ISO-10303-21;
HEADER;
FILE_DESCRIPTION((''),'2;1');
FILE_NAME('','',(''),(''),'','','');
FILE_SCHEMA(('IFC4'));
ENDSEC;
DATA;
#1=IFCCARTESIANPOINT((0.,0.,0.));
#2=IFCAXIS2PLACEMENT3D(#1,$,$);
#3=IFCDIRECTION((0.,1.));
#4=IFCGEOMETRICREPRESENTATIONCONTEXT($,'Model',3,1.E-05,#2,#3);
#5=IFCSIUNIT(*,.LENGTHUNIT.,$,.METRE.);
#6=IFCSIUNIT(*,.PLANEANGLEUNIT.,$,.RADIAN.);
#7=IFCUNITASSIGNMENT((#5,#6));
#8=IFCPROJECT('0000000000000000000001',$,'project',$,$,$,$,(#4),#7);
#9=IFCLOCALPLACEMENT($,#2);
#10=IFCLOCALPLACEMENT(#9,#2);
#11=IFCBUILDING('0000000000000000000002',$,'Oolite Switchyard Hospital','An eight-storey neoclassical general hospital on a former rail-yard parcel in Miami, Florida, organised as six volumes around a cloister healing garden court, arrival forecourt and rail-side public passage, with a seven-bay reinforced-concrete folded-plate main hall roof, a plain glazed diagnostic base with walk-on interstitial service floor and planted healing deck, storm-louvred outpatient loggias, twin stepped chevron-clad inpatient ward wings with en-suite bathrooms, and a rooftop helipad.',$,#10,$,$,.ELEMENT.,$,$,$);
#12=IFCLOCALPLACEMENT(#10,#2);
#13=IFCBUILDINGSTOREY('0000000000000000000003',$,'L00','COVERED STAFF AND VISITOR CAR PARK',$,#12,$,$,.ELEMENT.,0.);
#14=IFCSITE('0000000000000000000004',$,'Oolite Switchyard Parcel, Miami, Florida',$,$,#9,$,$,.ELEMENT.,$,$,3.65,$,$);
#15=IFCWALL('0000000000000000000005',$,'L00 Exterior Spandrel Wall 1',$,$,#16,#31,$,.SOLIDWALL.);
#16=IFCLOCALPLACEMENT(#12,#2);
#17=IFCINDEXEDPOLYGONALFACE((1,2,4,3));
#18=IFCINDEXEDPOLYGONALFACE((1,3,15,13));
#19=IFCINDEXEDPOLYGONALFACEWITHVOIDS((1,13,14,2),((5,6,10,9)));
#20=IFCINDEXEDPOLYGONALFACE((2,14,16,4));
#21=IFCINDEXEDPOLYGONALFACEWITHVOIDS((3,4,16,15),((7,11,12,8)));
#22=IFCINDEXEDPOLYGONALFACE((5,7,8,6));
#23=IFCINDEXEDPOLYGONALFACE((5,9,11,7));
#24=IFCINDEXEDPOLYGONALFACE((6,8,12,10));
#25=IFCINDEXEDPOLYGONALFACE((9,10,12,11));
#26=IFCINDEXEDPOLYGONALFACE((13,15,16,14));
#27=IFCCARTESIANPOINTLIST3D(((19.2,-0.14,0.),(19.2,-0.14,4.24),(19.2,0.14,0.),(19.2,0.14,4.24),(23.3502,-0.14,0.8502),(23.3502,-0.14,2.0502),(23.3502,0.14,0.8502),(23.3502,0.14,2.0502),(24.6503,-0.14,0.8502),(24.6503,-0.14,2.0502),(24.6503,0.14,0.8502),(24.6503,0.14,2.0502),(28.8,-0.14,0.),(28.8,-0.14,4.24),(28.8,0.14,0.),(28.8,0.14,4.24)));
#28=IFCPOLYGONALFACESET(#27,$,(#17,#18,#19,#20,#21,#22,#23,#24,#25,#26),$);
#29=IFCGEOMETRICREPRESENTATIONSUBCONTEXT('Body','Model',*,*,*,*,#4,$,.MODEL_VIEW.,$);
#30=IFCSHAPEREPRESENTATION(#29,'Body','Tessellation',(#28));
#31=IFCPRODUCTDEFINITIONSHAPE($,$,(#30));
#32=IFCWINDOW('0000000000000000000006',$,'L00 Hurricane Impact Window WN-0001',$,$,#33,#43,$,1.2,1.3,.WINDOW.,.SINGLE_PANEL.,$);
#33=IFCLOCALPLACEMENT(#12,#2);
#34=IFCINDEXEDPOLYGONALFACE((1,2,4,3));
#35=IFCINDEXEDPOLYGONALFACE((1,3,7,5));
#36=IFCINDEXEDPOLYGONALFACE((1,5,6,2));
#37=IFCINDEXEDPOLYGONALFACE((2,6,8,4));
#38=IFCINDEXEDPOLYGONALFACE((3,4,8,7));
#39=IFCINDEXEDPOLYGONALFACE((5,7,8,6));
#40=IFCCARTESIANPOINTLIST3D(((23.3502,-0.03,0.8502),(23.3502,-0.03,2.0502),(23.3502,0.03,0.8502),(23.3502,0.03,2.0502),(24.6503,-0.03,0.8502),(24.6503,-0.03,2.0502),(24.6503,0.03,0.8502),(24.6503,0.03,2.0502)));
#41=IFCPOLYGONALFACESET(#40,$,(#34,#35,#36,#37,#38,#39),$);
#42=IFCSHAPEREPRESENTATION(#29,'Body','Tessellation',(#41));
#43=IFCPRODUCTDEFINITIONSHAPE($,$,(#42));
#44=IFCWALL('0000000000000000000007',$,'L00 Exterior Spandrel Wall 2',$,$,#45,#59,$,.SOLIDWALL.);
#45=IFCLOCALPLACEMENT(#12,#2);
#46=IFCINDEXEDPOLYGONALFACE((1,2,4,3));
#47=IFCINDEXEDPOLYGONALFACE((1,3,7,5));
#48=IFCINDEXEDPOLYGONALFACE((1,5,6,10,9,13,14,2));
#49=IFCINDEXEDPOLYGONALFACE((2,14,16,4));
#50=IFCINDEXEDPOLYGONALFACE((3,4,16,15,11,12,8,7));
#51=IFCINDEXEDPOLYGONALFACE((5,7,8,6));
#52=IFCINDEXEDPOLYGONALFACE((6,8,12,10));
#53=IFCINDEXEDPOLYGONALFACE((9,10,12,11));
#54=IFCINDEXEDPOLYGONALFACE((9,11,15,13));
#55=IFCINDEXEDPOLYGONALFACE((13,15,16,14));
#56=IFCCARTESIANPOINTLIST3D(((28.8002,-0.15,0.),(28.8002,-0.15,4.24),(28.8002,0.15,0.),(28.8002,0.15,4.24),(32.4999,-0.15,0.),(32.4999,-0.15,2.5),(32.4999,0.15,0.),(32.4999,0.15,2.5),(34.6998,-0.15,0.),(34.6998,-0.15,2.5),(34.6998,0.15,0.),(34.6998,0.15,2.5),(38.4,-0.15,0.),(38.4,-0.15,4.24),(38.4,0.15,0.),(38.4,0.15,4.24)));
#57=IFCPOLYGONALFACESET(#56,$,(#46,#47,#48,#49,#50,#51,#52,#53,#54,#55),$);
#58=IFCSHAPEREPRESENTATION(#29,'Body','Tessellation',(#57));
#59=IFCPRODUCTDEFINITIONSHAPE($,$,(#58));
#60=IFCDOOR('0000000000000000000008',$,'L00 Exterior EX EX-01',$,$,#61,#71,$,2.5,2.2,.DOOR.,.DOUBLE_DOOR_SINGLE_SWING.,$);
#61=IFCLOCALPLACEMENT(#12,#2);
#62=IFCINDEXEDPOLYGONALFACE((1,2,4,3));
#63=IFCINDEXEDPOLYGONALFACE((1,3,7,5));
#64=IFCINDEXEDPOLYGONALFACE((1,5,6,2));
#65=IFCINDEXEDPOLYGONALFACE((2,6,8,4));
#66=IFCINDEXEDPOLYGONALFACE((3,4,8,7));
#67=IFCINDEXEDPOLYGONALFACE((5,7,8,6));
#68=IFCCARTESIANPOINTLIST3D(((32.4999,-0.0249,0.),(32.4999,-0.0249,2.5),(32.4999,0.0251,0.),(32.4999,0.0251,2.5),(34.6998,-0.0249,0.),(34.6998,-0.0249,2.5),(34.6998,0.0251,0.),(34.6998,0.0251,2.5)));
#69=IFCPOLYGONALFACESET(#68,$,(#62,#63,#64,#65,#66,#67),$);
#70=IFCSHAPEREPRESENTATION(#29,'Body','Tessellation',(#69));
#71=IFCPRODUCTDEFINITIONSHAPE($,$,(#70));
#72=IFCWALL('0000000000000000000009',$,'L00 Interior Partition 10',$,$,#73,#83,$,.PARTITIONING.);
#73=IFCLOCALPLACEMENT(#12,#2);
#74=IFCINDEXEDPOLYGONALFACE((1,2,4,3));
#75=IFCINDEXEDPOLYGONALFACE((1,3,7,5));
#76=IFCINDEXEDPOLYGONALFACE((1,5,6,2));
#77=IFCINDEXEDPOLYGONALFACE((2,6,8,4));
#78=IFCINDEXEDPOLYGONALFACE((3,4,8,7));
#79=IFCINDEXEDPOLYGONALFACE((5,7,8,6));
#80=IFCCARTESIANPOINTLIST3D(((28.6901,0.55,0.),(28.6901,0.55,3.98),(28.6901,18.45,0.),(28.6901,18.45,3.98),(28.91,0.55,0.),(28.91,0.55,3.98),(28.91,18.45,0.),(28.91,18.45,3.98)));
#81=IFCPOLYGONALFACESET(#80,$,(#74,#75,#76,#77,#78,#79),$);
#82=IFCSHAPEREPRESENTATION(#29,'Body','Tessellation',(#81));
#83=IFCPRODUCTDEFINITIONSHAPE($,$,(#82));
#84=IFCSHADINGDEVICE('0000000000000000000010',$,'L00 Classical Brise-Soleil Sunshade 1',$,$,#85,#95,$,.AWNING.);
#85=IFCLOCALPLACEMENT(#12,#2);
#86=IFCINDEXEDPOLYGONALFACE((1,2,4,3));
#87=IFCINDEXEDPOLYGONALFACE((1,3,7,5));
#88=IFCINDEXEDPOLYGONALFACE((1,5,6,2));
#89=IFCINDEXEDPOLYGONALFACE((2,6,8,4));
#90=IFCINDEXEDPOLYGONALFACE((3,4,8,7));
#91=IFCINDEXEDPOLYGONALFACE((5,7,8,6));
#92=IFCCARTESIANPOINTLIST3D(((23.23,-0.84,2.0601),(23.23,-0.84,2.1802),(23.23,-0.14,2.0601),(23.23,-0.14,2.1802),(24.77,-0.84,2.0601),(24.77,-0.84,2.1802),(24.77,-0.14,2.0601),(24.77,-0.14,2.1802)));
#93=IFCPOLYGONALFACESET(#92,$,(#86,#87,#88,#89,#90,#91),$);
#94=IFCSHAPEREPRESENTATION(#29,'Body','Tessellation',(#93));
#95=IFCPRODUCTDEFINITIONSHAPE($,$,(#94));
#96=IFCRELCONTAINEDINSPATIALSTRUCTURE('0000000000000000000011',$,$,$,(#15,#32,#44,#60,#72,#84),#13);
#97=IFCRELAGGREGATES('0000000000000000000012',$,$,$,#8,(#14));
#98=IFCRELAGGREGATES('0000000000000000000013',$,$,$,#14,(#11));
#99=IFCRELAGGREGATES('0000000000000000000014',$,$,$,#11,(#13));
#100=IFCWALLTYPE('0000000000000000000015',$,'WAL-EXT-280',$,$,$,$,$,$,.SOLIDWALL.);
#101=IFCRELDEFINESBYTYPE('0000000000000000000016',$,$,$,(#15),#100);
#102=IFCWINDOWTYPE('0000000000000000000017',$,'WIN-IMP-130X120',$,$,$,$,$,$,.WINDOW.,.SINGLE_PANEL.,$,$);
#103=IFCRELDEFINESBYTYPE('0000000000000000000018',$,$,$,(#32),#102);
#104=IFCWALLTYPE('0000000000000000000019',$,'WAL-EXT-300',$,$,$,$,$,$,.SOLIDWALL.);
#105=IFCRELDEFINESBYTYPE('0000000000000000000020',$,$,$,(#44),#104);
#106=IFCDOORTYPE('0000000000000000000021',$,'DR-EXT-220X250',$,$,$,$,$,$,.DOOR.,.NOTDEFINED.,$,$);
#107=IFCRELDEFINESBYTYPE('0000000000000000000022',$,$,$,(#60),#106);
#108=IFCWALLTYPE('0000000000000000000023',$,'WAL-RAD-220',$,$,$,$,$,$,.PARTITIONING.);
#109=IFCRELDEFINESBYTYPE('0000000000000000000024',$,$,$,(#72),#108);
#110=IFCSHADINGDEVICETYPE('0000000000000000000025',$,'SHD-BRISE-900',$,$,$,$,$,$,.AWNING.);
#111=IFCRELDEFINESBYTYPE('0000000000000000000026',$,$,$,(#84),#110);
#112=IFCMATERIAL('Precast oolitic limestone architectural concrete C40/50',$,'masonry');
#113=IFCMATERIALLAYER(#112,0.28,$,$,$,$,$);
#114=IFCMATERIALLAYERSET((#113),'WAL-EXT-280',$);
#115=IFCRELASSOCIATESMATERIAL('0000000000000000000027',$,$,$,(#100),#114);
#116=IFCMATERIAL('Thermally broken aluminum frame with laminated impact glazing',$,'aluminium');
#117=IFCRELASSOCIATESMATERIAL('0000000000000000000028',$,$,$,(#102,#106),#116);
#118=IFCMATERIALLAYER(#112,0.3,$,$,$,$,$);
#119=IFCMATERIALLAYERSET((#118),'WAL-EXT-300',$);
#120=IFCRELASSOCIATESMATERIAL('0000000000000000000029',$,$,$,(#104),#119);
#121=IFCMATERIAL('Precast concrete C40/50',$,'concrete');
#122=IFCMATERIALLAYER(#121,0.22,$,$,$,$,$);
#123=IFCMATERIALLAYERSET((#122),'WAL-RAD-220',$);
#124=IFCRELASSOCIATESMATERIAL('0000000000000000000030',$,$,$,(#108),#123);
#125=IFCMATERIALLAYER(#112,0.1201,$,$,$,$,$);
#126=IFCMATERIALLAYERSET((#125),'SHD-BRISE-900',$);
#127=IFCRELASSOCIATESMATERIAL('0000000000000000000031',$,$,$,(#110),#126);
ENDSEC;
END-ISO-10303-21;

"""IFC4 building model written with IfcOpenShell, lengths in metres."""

from ifc_helpers import new_model, si_unit, direction, frame, frame_2d, origin, origin_2d, place, context, subcontext, project, spatial, rectangle, extrude, material, layer, layer_set, type_object, element, fill, save


model = new_model("IFC4")

# Units and contexts
model_context = context("Model", 3, precision=1e-05, world=origin(), true_north=direction((0.0, 1.0)))
body_context = subcontext(model_context, "Body", "Model", "MODEL_VIEW")
ifc_project = project(units=[si_unit("LENGTHUNIT", "METRE"), si_unit("PLANEANGLEUNIT", "RADIAN")], contexts=[model_context])

# Site, building, storey
site_placement = place(None, origin())
site = spatial("IfcSite", under=ifc_project, at=site_placement, Name="Oolite Switchyard Parcel, Miami, Florida", CompositionType="ELEMENT", RefElevation=3.65)
building_placement = place(site_placement, origin())
building = spatial("IfcBuilding", under=site, at=building_placement, Name="Oolite Switchyard Hospital", Description="An eight-storey neoclassical general hospital on a former rail-yard parcel in Miami, Florida, organised as six volumes around a cloister healing garden court, arrival forecourt and rail-side public passage, with a seven-bay reinforced-concrete folded-plate main hall roof, a plain glazed diagnostic base with walk-on interstitial service floor and planted healing deck, storm-louvred outpatient loggias, twin stepped chevron-clad inpatient ward wings with en-suite bathrooms, and a rooftop helipad.", CompositionType="ELEMENT")
storey_placement = place(building_placement, origin())
storey = spatial("IfcBuildingStorey", under=building, at=storey_placement, Name="L00", Description="COVERED STAFF AND VISITOR CAR PARK", CompositionType="ELEMENT", Elevation=0.0)

# Wall, opening, window
ifc_material_1 = material(Name="Precast oolitic limestone architectural concrete C40/50", Category="masonry")
ifc_layer_1 = layer(ifc_material_1, 0.28)
ifc_layer_set_1 = layer_set([ifc_layer_1], Name="WAL-EXT-280")
wall_type_1 = type_object("IfcWallType", Name="WAL-EXT-280", PredefinedType="SOLIDWALL", material=ifc_layer_set_1)
wall_1_placement = place(storey_placement, frame((28.8, 0.0, 0.0), z_axis=(0.0, 0.0, 1.0), x_axis=(-1.0, 0.0, 0.0)))
wall_1 = element("IfcWall", 1, at=wall_1_placement, inside=storey, type_object=wall_type_1, Name="L00 Exterior Spandrel Wall 1", PredefinedType="SOLIDWALL", context=body_context, shape_type="SweptSolid", body=[
    extrude(rectangle(XDim=9.6001, YDim=0.28, at=frame_2d((4.8, 0.0))), origin(), (0.0, 0.0, 1.0), 4.24),
])
opening_1_placement = place(wall_1_placement, frame((4.1499, 0.0, 0.8501)))
opening_1 = element("IfcOpeningElement", 2, at=opening_1_placement, cuts=wall_1, PredefinedType="OPENING", context=body_context, shape_type="SweptSolid", body=[
    extrude(rectangle(XDim=1.3, YDim=1.2, at=frame_2d((0.6499, 0.6001))), frame((0.0, 0.1499, 0.0), z_axis=(0.0, -1.0, 0.0), x_axis=(1.0, 0.0, 0.0)), (0.0, 0.0, 1.0), 0.3),
])
ifc_material_2 = material(Name="Thermally broken aluminum frame with laminated impact glazing", Category="aluminium")
window_type = type_object("IfcWindowType", Name="WIN-IMP-130X120", PartitioningType="SINGLE_PANEL", PredefinedType="WINDOW", material=ifc_material_2)
window_placement = place(opening_1_placement, origin())
window = element("IfcWindow", 3, at=window_placement, inside=storey, type_object=window_type, Name="L00 Hurricane Impact Window WN-0001", OverallHeight=1.2, OverallWidth=1.3, PartitioningType="SINGLE_PANEL", PredefinedType="WINDOW", context=body_context, shape_type="SweptSolid", body=[
    extrude(rectangle(XDim=1.3, YDim=1.2, at=frame_2d((0.6499, 0.6001))), frame((0.0, 0.03, 0.0), z_axis=(0.0, -1.0, 0.0), x_axis=(1.0, 0.0, 0.0)), (0.0, 0.0, 1.0), 0.0601),
])
fill(opening_1, window)

# Wall, opening, door
ifc_layer_2 = layer(ifc_material_1, 0.3)
ifc_layer_set_2 = layer_set([ifc_layer_2], Name="WAL-EXT-300")
wall_type_2 = type_object("IfcWallType", Name="WAL-EXT-300", PredefinedType="SOLIDWALL", material=ifc_layer_set_2)
wall_2_placement = place(storey_placement, frame((38.3999, 0.0, 0.0), z_axis=(0.0, 0.0, 1.0), x_axis=(-1.0, 0.0, 0.0)))
wall_2 = element("IfcWall", 4, at=wall_2_placement, inside=storey, type_object=wall_type_2, Name="L00 Exterior Spandrel Wall 2", PredefinedType="SOLIDWALL", context=body_context, shape_type="SweptSolid", body=[
    extrude(rectangle(XDim=9.5999, YDim=0.3, at=frame_2d((4.7998, 0.0))), origin(), (0.0, 0.0, 1.0), 4.24),
])
opening_2_placement = place(wall_2_placement, frame((3.7, 0.0, 0.0)))
opening_2 = element("IfcOpeningElement", 5, at=opening_2_placement, cuts=wall_2, PredefinedType="OPENING", context=body_context, shape_type="SweptSolid", body=[
    extrude(rectangle(XDim=2.2, YDim=2.5, at=frame_2d((1.1001, 1.25))), frame((0.0, 0.1602, 0.0), z_axis=(0.0, -1.0, 0.0), x_axis=(1.0, 0.0, 0.0)), (0.0, 0.0, 1.0), 0.3201),
])
door_type = type_object("IfcDoorType", Name="DR-EXT-220X250", OperationType="NOTDEFINED", PredefinedType="DOOR", material=ifc_material_2)
door_placement = place(opening_2_placement, origin())
door = element("IfcDoor", 6, at=door_placement, inside=storey, type_object=door_type, Name="L00 Exterior EX EX-01", OperationType="DOUBLE_DOOR_SINGLE_SWING", OverallHeight=2.5, OverallWidth=2.2, PredefinedType="DOOR", context=body_context, shape_type="SweptSolid", body=[
    extrude(rectangle(XDim=2.2, YDim=2.5, at=frame_2d((1.1001, 1.25))), frame((0.0, 0.0249, 0.0), z_axis=(0.0, -1.0, 0.0), x_axis=(1.0, 0.0, 0.0)), (0.0, 0.0, 1.0), 0.05),
])
fill(opening_2, door)

# Wall
ifc_material_3 = material(Name="Precast concrete C40/50", Category="concrete")
ifc_layer_3 = layer(ifc_material_3, 0.22)
ifc_layer_set_3 = layer_set([ifc_layer_3], Name="WAL-RAD-220")
wall_type_3 = type_object("IfcWallType", Name="WAL-RAD-220", PredefinedType="PARTITIONING", material=ifc_layer_set_3)
wall_3_placement = place(storey_placement, frame((28.8, 0.55, 0.0), z_axis=(0.0, 0.0, 1.0), x_axis=(0.0, 1.0, 0.0)))
element("IfcWall", 7, at=wall_3_placement, inside=storey, type_object=wall_type_3, Name="L00 Interior Partition 10", PredefinedType="PARTITIONING", context=body_context, shape_type="SweptSolid", body=[
    extrude(rectangle(XDim=17.8999, YDim=0.22, at=frame_2d((8.95, 0.0))), origin(), (0.0, 0.0, 1.0), 3.98),
])

# Shading device
ifc_layer_4 = layer(ifc_material_1, 0.1201)
ifc_layer_set_4 = layer_set([ifc_layer_4], Name="SHD-BRISE-900")
shading_device_type = type_object("IfcShadingDeviceType", Name="SHD-BRISE-900", PredefinedType="AWNING", material=ifc_layer_set_4)
shading_device_placement = place(storey_placement, frame((24.0, -0.49, 2.0601), z_axis=(0.0, 0.0, 1.0), x_axis=(1.0, 0.0, 0.0)))
element("IfcShadingDevice", 8, at=shading_device_placement, inside=storey, type_object=shading_device_type, Name="L00 Classical Brise-Soleil Sunshade 1", PredefinedType="AWNING", context=body_context, shape_type="SweptSolid", body=[
    extrude(rectangle(XDim=1.54, YDim=0.7, at=origin_2d()), origin(), (0.0, 0.0, 1.0), 0.1201),
])

save(model, "model.ifc")
